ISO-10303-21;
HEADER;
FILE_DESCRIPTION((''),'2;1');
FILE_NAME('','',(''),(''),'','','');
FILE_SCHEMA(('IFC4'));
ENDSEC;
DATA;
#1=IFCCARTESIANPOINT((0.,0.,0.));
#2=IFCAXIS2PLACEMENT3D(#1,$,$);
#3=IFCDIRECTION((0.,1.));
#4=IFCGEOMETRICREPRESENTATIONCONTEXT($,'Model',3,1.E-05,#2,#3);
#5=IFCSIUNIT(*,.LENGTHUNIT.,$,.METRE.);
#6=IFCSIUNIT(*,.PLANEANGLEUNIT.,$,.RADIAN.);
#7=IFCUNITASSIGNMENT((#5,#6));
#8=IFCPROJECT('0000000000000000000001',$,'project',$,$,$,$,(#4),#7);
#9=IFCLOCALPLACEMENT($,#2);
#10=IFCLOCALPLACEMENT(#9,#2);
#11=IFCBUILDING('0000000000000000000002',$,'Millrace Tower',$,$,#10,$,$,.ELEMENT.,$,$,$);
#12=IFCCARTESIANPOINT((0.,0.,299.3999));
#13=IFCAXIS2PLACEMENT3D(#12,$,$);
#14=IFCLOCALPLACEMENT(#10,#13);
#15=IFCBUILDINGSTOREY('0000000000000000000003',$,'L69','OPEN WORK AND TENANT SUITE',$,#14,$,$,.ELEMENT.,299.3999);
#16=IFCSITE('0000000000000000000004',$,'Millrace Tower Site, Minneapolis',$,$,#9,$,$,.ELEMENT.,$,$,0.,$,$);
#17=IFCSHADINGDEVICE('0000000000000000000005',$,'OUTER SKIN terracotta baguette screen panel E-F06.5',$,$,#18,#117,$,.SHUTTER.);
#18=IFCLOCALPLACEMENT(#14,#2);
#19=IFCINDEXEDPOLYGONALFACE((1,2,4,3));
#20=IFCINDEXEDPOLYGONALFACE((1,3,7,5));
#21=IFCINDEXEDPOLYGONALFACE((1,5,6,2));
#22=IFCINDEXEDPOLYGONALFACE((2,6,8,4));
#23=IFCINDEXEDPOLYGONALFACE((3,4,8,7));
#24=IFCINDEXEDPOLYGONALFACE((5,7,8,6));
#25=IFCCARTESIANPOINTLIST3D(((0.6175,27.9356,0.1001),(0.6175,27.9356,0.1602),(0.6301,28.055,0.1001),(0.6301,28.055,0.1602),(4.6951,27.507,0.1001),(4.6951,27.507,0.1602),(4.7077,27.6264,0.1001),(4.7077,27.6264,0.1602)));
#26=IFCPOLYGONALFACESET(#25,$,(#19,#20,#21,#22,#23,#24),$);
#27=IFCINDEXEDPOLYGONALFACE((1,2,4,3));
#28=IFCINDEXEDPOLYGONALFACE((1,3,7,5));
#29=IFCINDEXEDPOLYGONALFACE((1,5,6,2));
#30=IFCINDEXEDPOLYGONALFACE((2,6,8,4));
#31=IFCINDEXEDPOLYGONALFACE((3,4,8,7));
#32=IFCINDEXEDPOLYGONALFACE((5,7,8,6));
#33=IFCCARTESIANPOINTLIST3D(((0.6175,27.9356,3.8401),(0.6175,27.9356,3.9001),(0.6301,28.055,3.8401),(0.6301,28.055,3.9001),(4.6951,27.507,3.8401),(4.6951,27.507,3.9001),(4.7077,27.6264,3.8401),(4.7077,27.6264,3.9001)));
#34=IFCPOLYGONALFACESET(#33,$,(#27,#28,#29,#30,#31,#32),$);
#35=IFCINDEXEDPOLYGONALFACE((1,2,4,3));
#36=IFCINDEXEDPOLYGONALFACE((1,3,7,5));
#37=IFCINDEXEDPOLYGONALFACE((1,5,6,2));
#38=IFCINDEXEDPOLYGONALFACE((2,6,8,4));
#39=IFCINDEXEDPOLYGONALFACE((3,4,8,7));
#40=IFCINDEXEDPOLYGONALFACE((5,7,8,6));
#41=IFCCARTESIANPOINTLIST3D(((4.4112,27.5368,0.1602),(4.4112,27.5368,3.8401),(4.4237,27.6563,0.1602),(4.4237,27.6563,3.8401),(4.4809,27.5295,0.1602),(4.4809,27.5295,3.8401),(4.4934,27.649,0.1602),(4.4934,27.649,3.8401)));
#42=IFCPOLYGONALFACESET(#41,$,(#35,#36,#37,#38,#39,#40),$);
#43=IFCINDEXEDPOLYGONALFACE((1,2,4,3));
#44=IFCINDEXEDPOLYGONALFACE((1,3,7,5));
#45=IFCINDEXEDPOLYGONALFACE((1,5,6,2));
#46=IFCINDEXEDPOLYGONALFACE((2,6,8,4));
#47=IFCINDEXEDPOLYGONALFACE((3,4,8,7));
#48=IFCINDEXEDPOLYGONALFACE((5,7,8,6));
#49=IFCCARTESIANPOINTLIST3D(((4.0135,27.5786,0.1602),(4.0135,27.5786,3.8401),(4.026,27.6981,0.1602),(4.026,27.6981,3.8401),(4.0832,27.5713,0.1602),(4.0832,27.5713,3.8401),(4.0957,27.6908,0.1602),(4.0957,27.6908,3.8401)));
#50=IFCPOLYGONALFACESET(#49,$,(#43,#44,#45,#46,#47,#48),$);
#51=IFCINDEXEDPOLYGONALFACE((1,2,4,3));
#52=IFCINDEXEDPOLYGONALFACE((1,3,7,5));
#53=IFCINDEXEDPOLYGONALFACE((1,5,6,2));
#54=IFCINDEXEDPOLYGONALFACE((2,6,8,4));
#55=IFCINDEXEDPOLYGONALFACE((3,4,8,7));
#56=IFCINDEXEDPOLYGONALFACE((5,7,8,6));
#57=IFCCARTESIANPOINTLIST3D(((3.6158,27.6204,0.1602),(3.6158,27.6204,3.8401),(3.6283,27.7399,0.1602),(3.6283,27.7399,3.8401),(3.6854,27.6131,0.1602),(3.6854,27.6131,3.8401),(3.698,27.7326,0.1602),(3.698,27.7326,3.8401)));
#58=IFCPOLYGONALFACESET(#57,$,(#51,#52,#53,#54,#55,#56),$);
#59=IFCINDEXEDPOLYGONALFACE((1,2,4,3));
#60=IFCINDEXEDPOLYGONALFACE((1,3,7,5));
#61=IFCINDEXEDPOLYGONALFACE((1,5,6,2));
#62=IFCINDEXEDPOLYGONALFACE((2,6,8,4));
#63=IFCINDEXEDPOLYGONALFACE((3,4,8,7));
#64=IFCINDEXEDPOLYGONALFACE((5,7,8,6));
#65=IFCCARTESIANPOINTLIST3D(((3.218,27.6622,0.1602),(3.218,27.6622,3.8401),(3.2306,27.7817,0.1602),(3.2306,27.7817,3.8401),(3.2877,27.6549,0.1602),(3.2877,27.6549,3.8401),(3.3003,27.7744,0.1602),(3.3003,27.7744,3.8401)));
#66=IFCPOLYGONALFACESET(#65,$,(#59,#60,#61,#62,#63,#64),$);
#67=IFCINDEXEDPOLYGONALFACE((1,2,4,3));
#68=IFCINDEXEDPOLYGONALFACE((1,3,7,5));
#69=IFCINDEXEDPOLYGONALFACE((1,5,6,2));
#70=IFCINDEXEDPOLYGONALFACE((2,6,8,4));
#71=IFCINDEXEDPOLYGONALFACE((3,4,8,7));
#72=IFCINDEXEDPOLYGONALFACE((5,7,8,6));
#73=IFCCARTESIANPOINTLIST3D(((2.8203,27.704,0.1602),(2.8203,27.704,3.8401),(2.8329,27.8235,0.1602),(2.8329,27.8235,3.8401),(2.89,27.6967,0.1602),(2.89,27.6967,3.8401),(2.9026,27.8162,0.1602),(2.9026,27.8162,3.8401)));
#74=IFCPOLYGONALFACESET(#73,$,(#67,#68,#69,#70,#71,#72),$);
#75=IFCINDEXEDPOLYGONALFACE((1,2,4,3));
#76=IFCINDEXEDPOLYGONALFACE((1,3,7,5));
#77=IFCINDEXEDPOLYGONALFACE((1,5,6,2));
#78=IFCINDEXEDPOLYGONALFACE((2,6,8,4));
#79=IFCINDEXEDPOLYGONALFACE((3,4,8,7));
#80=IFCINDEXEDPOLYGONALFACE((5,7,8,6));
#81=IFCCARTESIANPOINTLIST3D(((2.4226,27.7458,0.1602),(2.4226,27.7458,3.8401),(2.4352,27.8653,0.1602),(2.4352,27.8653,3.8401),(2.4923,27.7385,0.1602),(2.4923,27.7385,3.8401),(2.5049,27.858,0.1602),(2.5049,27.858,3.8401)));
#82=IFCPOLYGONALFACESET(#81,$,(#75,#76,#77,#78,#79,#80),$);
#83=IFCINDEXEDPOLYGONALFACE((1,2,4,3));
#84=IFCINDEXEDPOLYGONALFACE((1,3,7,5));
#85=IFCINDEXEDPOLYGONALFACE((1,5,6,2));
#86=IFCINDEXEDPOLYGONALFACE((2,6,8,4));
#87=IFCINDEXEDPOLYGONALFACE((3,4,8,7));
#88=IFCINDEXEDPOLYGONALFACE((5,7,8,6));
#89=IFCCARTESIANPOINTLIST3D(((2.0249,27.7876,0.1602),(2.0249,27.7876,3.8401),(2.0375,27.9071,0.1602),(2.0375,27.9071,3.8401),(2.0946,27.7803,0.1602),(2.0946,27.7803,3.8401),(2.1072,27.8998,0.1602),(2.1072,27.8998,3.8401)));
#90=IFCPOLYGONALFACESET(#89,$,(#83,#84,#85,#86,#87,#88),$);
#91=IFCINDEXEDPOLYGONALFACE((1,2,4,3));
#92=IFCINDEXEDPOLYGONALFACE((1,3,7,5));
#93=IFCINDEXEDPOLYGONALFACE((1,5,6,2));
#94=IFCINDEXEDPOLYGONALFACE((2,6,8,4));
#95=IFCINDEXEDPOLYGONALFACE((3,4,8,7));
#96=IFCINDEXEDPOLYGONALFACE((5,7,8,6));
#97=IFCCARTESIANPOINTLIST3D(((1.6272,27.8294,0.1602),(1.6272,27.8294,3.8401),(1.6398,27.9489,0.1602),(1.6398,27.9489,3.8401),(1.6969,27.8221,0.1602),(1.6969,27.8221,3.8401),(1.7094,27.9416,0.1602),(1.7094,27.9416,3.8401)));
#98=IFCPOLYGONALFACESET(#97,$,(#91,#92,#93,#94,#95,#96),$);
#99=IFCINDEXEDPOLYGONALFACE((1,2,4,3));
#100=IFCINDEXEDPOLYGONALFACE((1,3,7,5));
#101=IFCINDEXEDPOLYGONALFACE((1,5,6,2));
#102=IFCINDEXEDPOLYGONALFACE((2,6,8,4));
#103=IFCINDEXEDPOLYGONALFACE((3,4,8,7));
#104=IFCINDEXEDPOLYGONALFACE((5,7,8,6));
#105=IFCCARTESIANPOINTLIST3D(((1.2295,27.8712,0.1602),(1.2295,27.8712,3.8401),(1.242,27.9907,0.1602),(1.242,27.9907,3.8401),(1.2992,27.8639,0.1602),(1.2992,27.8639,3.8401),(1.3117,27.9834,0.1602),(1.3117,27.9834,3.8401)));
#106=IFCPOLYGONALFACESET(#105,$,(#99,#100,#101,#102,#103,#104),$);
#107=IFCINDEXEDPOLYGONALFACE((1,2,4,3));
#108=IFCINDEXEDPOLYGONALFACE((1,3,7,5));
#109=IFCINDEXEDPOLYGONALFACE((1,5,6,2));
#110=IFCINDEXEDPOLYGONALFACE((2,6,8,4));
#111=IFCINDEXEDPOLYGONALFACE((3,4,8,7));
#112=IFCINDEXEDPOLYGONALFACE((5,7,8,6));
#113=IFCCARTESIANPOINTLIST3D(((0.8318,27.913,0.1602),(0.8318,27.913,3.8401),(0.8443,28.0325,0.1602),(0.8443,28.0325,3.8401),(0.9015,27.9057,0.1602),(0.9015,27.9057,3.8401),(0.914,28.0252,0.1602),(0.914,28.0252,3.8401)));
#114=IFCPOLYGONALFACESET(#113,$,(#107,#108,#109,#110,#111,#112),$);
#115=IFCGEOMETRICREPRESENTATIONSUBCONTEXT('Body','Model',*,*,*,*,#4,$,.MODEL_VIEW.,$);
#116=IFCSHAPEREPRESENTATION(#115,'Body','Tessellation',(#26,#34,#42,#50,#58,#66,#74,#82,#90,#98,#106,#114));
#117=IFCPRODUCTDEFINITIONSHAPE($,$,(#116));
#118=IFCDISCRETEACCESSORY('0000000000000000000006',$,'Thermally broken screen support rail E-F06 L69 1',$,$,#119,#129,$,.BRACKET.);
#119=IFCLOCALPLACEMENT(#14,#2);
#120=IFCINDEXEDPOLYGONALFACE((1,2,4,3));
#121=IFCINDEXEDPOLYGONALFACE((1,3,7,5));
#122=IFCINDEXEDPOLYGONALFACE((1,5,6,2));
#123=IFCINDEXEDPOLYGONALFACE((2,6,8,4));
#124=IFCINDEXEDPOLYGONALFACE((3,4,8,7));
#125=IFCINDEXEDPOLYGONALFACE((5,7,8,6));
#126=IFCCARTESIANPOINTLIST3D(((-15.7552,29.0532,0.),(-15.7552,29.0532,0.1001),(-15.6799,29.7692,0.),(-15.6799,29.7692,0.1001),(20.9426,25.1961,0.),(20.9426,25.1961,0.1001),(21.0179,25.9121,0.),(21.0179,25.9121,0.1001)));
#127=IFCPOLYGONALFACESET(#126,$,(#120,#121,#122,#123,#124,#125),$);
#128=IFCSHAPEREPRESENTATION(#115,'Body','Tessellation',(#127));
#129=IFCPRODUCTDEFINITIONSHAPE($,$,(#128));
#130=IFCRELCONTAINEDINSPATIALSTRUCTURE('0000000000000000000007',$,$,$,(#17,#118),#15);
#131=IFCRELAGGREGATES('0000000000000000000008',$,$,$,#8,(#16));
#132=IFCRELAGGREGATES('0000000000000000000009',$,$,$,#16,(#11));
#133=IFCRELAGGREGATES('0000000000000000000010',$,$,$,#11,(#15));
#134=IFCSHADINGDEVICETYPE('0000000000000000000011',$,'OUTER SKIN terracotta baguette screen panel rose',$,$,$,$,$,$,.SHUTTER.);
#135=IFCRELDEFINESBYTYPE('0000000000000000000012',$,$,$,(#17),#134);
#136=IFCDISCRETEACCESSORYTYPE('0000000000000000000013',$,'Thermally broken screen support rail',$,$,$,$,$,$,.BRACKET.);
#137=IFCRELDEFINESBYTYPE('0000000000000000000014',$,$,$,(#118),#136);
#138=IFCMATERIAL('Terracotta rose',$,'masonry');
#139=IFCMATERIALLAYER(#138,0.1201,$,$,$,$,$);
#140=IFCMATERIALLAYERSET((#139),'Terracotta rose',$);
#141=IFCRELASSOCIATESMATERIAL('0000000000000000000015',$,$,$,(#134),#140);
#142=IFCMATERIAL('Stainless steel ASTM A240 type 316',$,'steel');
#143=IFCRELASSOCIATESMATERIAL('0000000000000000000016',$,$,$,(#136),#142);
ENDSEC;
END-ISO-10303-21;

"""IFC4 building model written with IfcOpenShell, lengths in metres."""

from ifc_helpers import new_model, entity, si_unit, direction, frame, frame_2d, origin, origin_2d, place, context, subcontext, project, spatial, rectangle, extrude, source, transform, mapped, material, layer, layer_set, type_object, element, save


model = new_model("IFC4")

# Units and contexts
model_context = context("Model", 3, precision=1e-05, world=origin(), true_north=direction((0.0, 1.0)))
body_context = subcontext(model_context, "Body", "Model", "MODEL_VIEW")
ifc_project = project(units=[si_unit("LENGTHUNIT", "METRE"), si_unit("PLANEANGLEUNIT", "RADIAN")], contexts=[model_context])

# Site, building, storey
site_placement = place(None, origin())
site = spatial("IfcSite", under=ifc_project, at=site_placement, Name="Millrace Tower Site, Minneapolis", CompositionType="ELEMENT", RefElevation=0.0)
building_placement = place(site_placement, origin())
building = spatial("IfcBuilding", under=site, at=building_placement, Name="Millrace Tower", CompositionType="ELEMENT")
storey_placement = place(building_placement, frame((0.0, 0.0, 299.3999)))
storey = spatial("IfcBuildingStorey", under=building, at=storey_placement, Name="L69", Description="OPEN WORK AND TENANT SUITE", CompositionType="ELEMENT", Elevation=299.3999)

# Shading device
ifc_material_1 = material(Name="Terracotta rose", Category="masonry")
ifc_layer_1 = layer(ifc_material_1, 0.1201)
ifc_layer_set_1 = layer_set([ifc_layer_1], Name="Terracotta rose")
shading_device_type = type_object("IfcShadingDeviceType", Name="OUTER SKIN terracotta baguette screen panel rose", PredefinedType="SHUTTER", material=ifc_layer_set_1)
cartesian_point = entity("IfcCartesianPoint", [-2.05, 0.0601])
shared_polyline = entity("IfcPolyline", [cartesian_point, entity("IfcCartesianPoint", [2.05, 0.0601]), entity("IfcCartesianPoint", [2.05, -0.0601]), entity("IfcCartesianPoint", [-2.05, -0.0601]), cartesian_point])
shared_shape = source(origin(), body_context, "Body", "SweptSolid", [
    entity("IfcExtrudedAreaSolid", entity("IfcArbitraryClosedProfileDef", "AREA", None, shared_polyline), entity("IfcAxis2Placement3D", entity("IfcCartesianPoint", [0.0, 0.0, 0.0])), entity("IfcDirection", [0.0, 0.0, 1.0]), 0.0601),
    entity("IfcExtrudedAreaSolid", entity("IfcArbitraryClosedProfileDef", "AREA", None, shared_polyline), entity("IfcAxis2Placement3D", entity("IfcCartesianPoint", [0.0, 0.0, 3.74])), entity("IfcDirection", [0.0, 0.0, 1.0]), 0.0601),
    extrude(rectangle(XDim=0.0701, YDim=0.1201, at=frame_2d((-1.7996, 0.0))), frame((0.0, 0.0, 0.0601)), (0.0, 0.0, 1.0), 3.6799),
    extrude(rectangle(XDim=0.0701, YDim=0.1201, at=frame_2d((-1.3997, 0.0))), frame((0.0, 0.0, 0.0601)), (0.0, 0.0, 1.0), 3.6799),
    extrude(rectangle(XDim=0.0701, YDim=0.1201, at=frame_2d((-0.9998, 0.0))), frame((0.0, 0.0, 0.0601)), (0.0, 0.0, 1.0), 3.6799),
    extrude(rectangle(XDim=0.0701, YDim=0.1201, at=frame_2d((-0.5999, 0.0))), frame((0.0, 0.0, 0.0601)), (0.0, 0.0, 1.0), 3.6799),
    extrude(rectangle(XDim=0.0701, YDim=0.1201, at=frame_2d((-0.2, 0.0))), frame((0.0, 0.0, 0.0601)), (0.0, 0.0, 1.0), 3.6799),
    extrude(rectangle(XDim=0.0701, YDim=0.1201, at=frame_2d((0.2, 0.0))), frame((0.0, 0.0, 0.0601)), (0.0, 0.0, 1.0), 3.6799),
    extrude(rectangle(XDim=0.0701, YDim=0.1201, at=frame_2d((0.5999, 0.0))), frame((0.0, 0.0, 0.0601)), (0.0, 0.0, 1.0), 3.6799),
    extrude(rectangle(XDim=0.0701, YDim=0.1201, at=frame_2d((0.9998, 0.0))), frame((0.0, 0.0, 0.0601)), (0.0, 0.0, 1.0), 3.6799),
    extrude(rectangle(XDim=0.0701, YDim=0.1201, at=frame_2d((1.3997, 0.0))), frame((0.0, 0.0, 0.0601)), (0.0, 0.0, 1.0), 3.6799),
    extrude(rectangle(XDim=0.0701, YDim=0.1201, at=frame_2d((1.7996, 0.0))), frame((0.0, 0.0, 0.0601)), (0.0, 0.0, 1.0), 3.6799),
])
for number, where, z_axis, x_axis, name in (
    (1, (2.6626, 27.781, 0.1001), (0.0, 0.0, 1.0), (-0.994522, 0.104528, 0.0), "OUTER SKIN terracotta baguette screen panel E-F06.5"),
):
    element("IfcShadingDevice", number, at=place(storey_placement, frame(where, z_axis=z_axis, x_axis=x_axis)), inside=storey, type_object=shading_device_type, Name=name, PredefinedType="SHUTTER", context=body_context, shape_type="MappedRepresentation", body=[
        mapped(shared_shape, transform((0.0, 0.0, 0.0), scale=1.0)),
    ])

# Discrete accessory
ifc_material_2 = material(Name="Stainless steel ASTM A240 type 316", Category="steel")
discrete_accessory_type = type_object("IfcDiscreteAccessoryType", Name="Thermally broken screen support rail", PredefinedType="BRACKET", material=ifc_material_2)
discrete_accessory_placement = place(storey_placement, frame((2.6313, 27.4827, 0.0), z_axis=(0.0, 0.0, 1.0), x_axis=(-0.994522, 0.104528, 0.0)))
element("IfcDiscreteAccessory", 2, at=discrete_accessory_placement, inside=storey, type_object=discrete_accessory_type, Name="Thermally broken screen support rail E-F06 L69 1", PredefinedType="BRACKET", context=body_context, shape_type="SweptSolid", body=[
    extrude(rectangle(XDim=36.8999, YDim=0.72, at=origin_2d()), origin(), (0.0, 0.0, 1.0), 0.1001),
])

save(model, "model.ifc")
